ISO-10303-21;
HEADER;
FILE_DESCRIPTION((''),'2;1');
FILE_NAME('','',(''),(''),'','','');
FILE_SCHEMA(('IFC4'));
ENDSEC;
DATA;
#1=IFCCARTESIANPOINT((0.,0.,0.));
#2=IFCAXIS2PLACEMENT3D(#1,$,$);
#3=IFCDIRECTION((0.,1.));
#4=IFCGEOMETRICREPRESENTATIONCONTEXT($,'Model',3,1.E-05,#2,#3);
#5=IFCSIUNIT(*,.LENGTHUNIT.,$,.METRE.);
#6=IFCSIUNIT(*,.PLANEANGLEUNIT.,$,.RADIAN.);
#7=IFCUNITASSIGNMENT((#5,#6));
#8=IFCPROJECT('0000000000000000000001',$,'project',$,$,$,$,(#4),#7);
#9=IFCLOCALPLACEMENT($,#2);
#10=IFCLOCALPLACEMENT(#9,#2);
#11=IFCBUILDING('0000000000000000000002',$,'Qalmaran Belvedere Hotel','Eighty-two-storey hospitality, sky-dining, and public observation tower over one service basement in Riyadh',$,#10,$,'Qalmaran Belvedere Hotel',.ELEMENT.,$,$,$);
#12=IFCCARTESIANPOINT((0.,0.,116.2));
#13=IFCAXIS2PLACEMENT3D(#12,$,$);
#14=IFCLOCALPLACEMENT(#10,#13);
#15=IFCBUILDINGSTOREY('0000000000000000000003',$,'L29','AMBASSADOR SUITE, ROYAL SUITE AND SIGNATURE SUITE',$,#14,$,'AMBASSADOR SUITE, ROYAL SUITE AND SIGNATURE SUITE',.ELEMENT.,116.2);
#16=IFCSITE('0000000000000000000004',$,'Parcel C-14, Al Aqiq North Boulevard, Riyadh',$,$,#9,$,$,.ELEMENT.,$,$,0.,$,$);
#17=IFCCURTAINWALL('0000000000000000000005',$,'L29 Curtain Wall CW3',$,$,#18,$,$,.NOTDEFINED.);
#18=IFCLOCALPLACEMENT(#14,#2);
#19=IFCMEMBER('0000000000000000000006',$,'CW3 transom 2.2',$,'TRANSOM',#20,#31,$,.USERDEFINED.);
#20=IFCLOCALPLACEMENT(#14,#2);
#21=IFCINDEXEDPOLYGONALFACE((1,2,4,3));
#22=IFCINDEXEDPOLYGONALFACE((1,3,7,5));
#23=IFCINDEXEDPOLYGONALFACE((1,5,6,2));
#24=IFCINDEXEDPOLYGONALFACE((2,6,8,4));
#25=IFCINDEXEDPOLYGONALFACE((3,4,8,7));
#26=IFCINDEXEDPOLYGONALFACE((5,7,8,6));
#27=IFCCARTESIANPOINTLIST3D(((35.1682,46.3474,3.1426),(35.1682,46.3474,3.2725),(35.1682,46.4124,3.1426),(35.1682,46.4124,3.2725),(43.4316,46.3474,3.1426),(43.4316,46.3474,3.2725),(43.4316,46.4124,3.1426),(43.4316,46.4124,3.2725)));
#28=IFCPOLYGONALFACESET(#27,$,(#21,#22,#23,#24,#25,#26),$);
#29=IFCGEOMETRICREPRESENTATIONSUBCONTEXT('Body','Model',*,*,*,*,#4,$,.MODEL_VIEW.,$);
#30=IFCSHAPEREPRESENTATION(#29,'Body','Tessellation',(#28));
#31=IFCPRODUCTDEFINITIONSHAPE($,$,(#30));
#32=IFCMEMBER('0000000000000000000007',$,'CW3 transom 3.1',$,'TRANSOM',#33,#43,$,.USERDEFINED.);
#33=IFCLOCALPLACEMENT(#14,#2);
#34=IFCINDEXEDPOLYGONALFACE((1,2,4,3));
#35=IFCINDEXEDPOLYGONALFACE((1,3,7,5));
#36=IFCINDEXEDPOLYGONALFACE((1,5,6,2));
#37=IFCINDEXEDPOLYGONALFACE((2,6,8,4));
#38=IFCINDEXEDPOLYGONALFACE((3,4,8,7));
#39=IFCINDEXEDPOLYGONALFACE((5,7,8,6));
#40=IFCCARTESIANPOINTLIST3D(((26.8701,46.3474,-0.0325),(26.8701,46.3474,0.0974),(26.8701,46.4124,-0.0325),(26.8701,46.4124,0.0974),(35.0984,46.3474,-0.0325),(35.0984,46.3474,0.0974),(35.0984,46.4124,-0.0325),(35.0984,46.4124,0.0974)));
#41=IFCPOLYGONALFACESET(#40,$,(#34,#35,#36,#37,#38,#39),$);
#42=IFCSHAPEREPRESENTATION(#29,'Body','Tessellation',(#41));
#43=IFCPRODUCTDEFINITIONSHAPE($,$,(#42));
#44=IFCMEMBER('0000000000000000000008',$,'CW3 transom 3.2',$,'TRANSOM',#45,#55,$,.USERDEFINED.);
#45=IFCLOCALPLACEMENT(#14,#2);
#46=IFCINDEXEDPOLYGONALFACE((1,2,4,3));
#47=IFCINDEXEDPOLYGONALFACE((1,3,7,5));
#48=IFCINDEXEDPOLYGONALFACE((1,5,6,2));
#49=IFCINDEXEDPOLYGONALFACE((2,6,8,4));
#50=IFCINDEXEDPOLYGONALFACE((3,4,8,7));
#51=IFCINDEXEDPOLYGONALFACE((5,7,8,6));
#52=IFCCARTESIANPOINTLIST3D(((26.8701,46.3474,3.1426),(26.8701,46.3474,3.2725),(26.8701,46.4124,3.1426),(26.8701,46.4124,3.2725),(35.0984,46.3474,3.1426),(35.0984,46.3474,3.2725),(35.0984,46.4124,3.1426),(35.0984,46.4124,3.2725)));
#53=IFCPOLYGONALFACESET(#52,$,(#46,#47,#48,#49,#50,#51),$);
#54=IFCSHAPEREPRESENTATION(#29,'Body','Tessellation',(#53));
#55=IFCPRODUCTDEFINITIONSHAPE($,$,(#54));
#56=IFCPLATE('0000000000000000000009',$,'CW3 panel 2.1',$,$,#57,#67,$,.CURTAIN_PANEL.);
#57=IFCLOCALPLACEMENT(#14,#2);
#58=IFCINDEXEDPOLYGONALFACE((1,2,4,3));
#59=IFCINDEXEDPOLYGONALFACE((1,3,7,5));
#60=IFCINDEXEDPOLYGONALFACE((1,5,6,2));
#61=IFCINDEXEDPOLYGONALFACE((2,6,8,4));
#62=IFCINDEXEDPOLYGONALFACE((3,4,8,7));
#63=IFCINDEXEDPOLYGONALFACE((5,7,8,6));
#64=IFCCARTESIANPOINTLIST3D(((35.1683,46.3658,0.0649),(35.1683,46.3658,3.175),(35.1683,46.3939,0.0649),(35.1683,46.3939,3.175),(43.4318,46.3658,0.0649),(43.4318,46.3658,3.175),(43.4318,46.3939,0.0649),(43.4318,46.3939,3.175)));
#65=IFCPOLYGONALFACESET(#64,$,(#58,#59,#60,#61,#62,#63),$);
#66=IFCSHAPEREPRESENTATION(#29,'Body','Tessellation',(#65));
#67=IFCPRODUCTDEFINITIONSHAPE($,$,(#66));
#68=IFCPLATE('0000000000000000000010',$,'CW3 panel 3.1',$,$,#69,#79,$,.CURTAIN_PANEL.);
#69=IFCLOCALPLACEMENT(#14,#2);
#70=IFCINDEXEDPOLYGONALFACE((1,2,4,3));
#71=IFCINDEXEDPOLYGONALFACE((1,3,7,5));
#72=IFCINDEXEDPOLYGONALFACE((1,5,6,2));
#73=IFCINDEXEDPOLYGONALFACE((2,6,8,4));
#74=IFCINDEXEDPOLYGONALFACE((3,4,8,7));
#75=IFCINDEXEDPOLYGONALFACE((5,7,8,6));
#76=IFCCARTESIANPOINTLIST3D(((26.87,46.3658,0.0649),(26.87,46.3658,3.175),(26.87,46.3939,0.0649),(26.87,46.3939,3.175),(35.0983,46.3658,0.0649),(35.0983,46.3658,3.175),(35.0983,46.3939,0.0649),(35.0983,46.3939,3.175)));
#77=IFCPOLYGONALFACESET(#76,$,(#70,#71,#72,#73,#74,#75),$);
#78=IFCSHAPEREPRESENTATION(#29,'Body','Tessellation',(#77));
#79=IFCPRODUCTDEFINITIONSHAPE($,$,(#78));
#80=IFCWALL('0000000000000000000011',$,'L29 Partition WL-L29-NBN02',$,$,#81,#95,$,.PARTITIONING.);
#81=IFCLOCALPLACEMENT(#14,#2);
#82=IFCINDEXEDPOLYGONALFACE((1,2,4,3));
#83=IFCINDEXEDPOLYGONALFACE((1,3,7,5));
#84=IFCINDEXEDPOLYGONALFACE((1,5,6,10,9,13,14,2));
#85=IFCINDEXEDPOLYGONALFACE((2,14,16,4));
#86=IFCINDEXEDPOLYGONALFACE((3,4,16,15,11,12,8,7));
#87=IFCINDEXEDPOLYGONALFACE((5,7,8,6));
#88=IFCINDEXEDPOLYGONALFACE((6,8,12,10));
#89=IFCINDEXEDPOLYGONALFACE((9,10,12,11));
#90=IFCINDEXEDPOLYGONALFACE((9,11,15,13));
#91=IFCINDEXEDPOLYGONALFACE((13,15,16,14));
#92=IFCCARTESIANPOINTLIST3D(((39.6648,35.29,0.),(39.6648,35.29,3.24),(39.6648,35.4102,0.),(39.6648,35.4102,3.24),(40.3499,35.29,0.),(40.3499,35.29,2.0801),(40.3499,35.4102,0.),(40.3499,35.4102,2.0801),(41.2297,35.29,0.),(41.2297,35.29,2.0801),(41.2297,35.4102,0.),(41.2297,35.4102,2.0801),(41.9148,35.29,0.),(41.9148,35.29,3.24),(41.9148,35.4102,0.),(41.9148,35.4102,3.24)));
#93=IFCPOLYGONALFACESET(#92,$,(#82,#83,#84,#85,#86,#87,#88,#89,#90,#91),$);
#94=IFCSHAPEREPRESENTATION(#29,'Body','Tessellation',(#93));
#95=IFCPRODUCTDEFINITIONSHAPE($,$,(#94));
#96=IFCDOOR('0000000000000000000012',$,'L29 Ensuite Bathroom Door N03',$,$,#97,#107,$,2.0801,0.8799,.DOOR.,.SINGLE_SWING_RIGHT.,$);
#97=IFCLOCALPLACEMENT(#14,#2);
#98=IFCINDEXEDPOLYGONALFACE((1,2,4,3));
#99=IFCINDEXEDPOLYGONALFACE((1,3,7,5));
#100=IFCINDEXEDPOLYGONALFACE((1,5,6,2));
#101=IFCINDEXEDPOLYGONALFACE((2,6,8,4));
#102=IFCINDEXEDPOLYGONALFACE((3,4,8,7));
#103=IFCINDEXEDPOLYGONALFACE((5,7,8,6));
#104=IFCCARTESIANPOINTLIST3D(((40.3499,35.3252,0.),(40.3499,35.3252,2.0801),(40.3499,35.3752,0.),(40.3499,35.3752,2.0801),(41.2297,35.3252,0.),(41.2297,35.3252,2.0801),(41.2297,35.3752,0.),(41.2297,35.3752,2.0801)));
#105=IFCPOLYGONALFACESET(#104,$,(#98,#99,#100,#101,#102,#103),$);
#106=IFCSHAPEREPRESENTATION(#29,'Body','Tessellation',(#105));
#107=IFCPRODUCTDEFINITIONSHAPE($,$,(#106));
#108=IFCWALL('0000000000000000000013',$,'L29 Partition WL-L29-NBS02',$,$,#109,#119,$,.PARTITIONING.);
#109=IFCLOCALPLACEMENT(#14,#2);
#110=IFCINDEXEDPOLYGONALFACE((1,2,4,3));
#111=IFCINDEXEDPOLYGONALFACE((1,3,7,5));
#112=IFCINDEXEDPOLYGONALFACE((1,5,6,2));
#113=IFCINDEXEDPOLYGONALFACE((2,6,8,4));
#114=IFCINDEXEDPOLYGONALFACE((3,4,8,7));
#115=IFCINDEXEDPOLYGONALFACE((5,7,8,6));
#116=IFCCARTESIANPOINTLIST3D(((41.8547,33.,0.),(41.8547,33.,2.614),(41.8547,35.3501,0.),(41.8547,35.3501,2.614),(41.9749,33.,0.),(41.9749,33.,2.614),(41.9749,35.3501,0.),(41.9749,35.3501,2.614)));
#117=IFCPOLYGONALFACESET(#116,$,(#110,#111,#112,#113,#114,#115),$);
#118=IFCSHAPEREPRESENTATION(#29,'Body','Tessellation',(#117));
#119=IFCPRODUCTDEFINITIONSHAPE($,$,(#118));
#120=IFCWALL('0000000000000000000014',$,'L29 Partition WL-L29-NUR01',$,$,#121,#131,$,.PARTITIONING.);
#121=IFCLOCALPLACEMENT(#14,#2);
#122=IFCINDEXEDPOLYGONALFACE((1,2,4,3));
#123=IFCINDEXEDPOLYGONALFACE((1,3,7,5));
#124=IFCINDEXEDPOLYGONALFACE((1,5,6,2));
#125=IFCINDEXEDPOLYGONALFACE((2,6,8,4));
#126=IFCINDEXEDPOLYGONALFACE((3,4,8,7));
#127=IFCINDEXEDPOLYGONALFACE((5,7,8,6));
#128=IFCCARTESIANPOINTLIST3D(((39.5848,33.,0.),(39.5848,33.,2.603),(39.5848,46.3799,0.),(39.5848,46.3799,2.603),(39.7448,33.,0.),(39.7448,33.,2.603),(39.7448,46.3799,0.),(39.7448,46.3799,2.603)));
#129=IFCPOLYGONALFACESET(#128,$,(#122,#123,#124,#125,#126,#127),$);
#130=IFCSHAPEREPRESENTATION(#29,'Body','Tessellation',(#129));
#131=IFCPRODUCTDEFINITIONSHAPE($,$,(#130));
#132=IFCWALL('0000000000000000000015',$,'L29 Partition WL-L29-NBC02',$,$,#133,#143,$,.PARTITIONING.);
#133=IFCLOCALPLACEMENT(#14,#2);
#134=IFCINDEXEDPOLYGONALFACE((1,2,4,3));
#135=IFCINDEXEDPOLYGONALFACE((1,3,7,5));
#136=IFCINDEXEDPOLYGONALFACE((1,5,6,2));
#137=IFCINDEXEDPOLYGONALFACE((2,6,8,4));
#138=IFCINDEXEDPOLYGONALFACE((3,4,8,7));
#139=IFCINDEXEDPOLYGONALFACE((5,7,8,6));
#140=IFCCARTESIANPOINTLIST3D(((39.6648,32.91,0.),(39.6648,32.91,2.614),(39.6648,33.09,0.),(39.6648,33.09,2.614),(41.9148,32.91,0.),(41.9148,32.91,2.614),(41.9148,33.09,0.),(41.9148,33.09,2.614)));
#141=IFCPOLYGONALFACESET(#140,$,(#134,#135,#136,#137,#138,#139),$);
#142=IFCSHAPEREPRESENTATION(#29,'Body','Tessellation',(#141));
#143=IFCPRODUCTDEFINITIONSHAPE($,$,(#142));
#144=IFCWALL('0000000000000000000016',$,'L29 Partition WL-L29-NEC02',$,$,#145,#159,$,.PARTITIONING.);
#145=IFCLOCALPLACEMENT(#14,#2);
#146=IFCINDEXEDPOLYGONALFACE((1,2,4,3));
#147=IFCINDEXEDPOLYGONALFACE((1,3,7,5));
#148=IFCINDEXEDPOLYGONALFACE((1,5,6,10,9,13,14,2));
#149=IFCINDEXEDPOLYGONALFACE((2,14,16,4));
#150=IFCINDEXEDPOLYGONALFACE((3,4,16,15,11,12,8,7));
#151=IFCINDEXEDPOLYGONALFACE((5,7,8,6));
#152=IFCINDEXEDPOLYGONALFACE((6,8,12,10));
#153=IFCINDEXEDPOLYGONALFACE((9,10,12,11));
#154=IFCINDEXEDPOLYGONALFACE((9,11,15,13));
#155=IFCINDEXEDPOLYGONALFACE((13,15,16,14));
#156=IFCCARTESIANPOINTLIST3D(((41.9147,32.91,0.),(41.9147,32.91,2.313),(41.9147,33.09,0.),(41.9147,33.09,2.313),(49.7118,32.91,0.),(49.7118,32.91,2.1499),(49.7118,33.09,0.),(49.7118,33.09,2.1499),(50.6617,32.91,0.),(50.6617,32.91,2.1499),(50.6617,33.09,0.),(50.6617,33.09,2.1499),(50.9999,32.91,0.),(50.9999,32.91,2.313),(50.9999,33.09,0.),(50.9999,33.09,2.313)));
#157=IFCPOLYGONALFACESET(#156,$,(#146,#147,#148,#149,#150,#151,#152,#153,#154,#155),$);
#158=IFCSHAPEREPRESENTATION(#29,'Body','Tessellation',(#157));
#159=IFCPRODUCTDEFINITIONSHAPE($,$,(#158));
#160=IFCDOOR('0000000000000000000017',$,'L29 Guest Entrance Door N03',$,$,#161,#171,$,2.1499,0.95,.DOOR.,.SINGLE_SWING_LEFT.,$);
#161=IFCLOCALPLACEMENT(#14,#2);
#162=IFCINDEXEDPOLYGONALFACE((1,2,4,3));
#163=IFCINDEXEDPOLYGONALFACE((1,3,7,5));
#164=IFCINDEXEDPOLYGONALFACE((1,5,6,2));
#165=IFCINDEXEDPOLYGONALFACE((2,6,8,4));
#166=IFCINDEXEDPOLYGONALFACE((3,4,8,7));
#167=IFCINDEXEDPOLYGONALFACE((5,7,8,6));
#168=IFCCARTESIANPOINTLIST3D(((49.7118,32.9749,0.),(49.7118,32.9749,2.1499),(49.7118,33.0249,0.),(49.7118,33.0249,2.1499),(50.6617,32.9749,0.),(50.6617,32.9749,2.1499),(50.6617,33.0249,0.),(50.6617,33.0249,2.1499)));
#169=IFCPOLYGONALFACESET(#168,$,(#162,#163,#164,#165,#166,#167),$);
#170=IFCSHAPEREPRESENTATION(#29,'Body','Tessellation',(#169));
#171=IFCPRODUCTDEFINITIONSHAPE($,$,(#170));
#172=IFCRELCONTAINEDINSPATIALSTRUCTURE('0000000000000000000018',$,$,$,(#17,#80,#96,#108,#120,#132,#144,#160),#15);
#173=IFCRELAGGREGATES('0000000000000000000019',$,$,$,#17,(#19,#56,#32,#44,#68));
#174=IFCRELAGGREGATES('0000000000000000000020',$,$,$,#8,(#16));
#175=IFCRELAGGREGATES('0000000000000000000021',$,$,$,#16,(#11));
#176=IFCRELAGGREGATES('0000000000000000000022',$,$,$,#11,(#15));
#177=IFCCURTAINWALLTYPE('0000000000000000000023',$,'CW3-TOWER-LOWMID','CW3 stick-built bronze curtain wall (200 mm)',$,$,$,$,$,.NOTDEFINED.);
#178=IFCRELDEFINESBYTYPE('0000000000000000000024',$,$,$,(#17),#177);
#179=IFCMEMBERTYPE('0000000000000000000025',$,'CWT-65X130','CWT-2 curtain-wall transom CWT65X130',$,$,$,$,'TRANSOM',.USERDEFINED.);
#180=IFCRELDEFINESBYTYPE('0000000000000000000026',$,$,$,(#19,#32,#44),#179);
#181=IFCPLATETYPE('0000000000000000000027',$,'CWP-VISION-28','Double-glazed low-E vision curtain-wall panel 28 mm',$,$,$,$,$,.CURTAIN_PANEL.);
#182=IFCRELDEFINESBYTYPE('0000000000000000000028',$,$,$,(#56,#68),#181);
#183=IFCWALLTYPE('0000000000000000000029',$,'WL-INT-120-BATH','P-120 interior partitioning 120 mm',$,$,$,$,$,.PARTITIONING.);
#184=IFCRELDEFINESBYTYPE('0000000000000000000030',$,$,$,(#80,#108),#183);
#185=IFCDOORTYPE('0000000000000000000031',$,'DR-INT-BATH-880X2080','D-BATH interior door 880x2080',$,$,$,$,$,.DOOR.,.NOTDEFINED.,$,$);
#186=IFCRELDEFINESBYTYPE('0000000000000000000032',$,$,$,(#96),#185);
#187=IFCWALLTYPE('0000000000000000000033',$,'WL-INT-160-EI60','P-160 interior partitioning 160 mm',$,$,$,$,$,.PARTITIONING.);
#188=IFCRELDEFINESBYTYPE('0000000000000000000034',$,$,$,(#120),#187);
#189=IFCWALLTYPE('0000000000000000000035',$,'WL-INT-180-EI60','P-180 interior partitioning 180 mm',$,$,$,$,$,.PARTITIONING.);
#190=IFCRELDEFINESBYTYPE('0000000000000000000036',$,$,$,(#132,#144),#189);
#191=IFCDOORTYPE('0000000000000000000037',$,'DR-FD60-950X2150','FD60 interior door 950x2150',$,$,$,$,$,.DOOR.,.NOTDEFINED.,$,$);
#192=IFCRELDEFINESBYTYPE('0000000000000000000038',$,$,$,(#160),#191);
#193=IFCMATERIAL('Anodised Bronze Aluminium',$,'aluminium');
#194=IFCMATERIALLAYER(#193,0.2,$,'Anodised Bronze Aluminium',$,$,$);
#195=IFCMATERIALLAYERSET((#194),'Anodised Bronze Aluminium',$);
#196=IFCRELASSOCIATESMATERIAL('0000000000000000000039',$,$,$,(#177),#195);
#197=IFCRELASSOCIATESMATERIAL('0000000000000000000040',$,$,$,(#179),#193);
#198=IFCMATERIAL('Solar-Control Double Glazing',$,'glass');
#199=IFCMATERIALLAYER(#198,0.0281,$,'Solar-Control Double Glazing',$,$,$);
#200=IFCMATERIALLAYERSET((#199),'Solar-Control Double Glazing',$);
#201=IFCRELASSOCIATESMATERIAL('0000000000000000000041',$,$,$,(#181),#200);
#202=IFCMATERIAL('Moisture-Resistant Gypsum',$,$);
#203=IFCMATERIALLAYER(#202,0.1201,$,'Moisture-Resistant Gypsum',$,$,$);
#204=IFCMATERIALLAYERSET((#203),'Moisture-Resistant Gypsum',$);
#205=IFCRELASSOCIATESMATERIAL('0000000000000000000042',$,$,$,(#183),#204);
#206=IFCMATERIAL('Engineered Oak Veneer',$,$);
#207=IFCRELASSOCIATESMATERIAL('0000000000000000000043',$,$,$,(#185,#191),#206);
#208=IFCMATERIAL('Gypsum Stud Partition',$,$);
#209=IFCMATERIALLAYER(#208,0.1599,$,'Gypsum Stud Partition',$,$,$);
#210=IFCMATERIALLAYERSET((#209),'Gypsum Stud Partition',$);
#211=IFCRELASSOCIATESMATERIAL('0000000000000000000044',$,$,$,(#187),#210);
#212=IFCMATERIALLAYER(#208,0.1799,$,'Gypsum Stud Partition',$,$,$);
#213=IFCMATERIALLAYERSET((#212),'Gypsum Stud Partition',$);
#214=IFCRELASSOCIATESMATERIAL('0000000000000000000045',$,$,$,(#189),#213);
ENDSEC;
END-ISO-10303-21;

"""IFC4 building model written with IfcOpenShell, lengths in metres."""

from ifc_helpers import new_model, si_unit, direction, frame, frame_2d, origin, origin_2d, place, context, subcontext, project, spatial, rectangle, extrude, material, layer, layer_set, material_profile, profile_set, type_object, element, fill, aggregate, save


model = new_model("IFC4")

# Units and contexts
model_context = context("Model", 3, precision=1e-05, world=origin(), true_north=direction((0.0, 1.0)))
body_context = subcontext(model_context, "Body", "Model", "MODEL_VIEW")
ifc_project = project(units=[si_unit("LENGTHUNIT", "METRE"), si_unit("PLANEANGLEUNIT", "RADIAN")], contexts=[model_context])

# Site, building, storey
site_placement = place(None, origin())
site = spatial("IfcSite", under=ifc_project, at=site_placement, Name="Parcel C-14, Al Aqiq North Boulevard, Riyadh", CompositionType="ELEMENT", RefElevation=0.0)
building_placement = place(site_placement, origin())
building = spatial("IfcBuilding", under=site, at=building_placement, Name="Qalmaran Belvedere Hotel", Description="Eighty-two-storey hospitality, sky-dining, and public observation tower over one service basement in Riyadh", LongName="Qalmaran Belvedere Hotel", CompositionType="ELEMENT")
storey_placement = place(building_placement, frame((0.0, 0.0, 116.2)))
storey = spatial("IfcBuildingStorey", under=building, at=storey_placement, Name="L29", Description="AMBASSADOR SUITE, ROYAL SUITE AND SIGNATURE SUITE", LongName="AMBASSADOR SUITE, ROYAL SUITE AND SIGNATURE SUITE", CompositionType="ELEMENT", Elevation=116.2)

# Curtain wall, members, plates
ifc_material_1 = material(Name="Anodised Bronze Aluminium", Category="aluminium")
ifc_layer_1 = layer(ifc_material_1, 0.2, Name="Anodised Bronze Aluminium")
ifc_layer_set_1 = layer_set([ifc_layer_1], Name="Anodised Bronze Aluminium")
curtain_wall_type = type_object("IfcCurtainWallType", Name="CW3-TOWER-LOWMID", Description="CW3 stick-built bronze curtain wall (200 mm)", PredefinedType="NOTDEFINED", material=ifc_layer_set_1)
curtain_wall_placement = place(storey_placement, origin())
curtain_wall = element("IfcCurtainWall", 1, at=curtain_wall_placement, inside=storey, type_object=curtain_wall_type, Name="L29 Curtain Wall CW3", PredefinedType="NOTDEFINED")
ifc_material_profile_1 = material_profile(ifc_material_1, rectangle(XDim=0.0649, YDim=0.1299, at=origin_2d()), Name="CWT65X130")
ifc_profile_set_1 = profile_set([ifc_material_profile_1], Name="Anodised Bronze Aluminium")
member_type_1 = type_object("IfcMemberType", Name="CWT-65X130", Description="CWT-2 curtain-wall transom CWT65X130", ElementType="TRANSOM", PredefinedType="USERDEFINED", material=ifc_profile_set_1)
member_1_placement = place(storey_placement, frame((43.4316, 46.3799, 3.2075), z_axis=(-1.0, 0.0, 0.0), x_axis=(0.0, -1.0, 0.0)))
member_1 = element("IfcMember", 2, at=member_1_placement, type_object=member_type_1, Name="CW3 transom 2.2", ObjectType="TRANSOM", PredefinedType="USERDEFINED", context=body_context, shape_type="SweptSolid", body=[
    extrude(rectangle(XDim=0.0649, YDim=0.1299, at=origin_2d()), origin(), (0.0, 0.0, 1.0), 8.2634),
])
member_2_placement = place(storey_placement, frame((35.0984, 46.3799, 0.0325), z_axis=(-1.0, 0.0, 0.0), x_axis=(0.0, -1.0, 0.0)))
member_2 = element("IfcMember", 3, at=member_2_placement, type_object=member_type_1, Name="CW3 transom 3.1", ObjectType="TRANSOM", PredefinedType="USERDEFINED", context=body_context, shape_type="SweptSolid", body=[
    extrude(rectangle(XDim=0.0649, YDim=0.1299, at=origin_2d()), origin(), (0.0, 0.0, 1.0), 8.2283),
])
member_3_placement = place(storey_placement, frame((35.0984, 46.3799, 3.2075), z_axis=(-1.0, 0.0, 0.0), x_axis=(0.0, -1.0, 0.0)))
member_3 = element("IfcMember", 4, at=member_3_placement, type_object=member_type_1, Name="CW3 transom 3.2", ObjectType="TRANSOM", PredefinedType="USERDEFINED", context=body_context, shape_type="SweptSolid", body=[
    extrude(rectangle(XDim=0.0649, YDim=0.1299, at=origin_2d()), origin(), (0.0, 0.0, 1.0), 8.2283),
])
ifc_material_2 = material(Name="Solar-Control Double Glazing", Category="glass")
ifc_layer_2 = layer(ifc_material_2, 0.0281, Name="Solar-Control Double Glazing")
ifc_layer_set_2 = layer_set([ifc_layer_2], Name="Solar-Control Double Glazing")
plate_type = type_object("IfcPlateType", Name="CWP-VISION-28", Description="Double-glazed low-E vision curtain-wall panel 28 mm", PredefinedType="CURTAIN_PANEL", material=ifc_layer_set_2)
plate_1_placement = place(storey_placement, frame((39.3, 46.3799, 0.0649), z_axis=(0.0, 0.0, 1.0), x_axis=(-1.0, 0.0, 0.0)))
plate_1 = element("IfcPlate", 5, at=plate_1_placement, type_object=plate_type, Name="CW3 panel 2.1", PredefinedType="CURTAIN_PANEL", context=body_context, shape_type="SweptSolid", body=[
    extrude(rectangle(XDim=8.2634, YDim=0.0281, at=origin_2d()), origin(), (0.0, 0.0, 1.0), 3.1101),
])
plate_2_placement = place(storey_placement, frame((30.9841, 46.3799, 0.0649), z_axis=(0.0, 0.0, 1.0), x_axis=(-1.0, 0.0, 0.0)))
plate_2 = element("IfcPlate", 6, at=plate_2_placement, type_object=plate_type, Name="CW3 panel 3.1", PredefinedType="CURTAIN_PANEL", context=body_context, shape_type="SweptSolid", body=[
    extrude(rectangle(XDim=8.2283, YDim=0.0281, at=origin_2d()), origin(), (0.0, 0.0, 1.0), 3.1101),
])
aggregate(curtain_wall, [member_1, plate_1, member_2, member_3, plate_2])

# Wall, opening, door
ifc_material_3 = material(Name="Moisture-Resistant Gypsum")
ifc_layer_3 = layer(ifc_material_3, 0.1201, Name="Moisture-Resistant Gypsum")
ifc_layer_set_3 = layer_set([ifc_layer_3], Name="Moisture-Resistant Gypsum")
wall_type_1 = type_object("IfcWallType", Name="WL-INT-120-BATH", Description="P-120 interior partitioning 120 mm", PredefinedType="PARTITIONING", material=ifc_layer_set_3)
wall_1_placement = place(storey_placement, frame((39.6648, 35.3501, 0.0), z_axis=(0.0, 0.0, 1.0), x_axis=(1.0, 0.0, 0.0)))
wall_1 = element("IfcWall", 7, at=wall_1_placement, inside=storey, type_object=wall_type_1, Name="L29 Partition WL-L29-NBN02", PredefinedType="PARTITIONING", context=body_context, shape_type="SweptSolid", body=[
    extrude(rectangle(XDim=2.25, YDim=0.1201, at=frame_2d((1.125, 0.0))), origin(), (0.0, 0.0, 1.0), 3.24),
])
opening_1_placement = place(wall_1_placement, frame((1.5649, 0.0, 0.0), z_axis=(0.0, 0.0, 1.0), x_axis=(-1.0, 0.0, 0.0)))
opening_1 = element("IfcOpeningElement", 8, at=opening_1_placement, cuts=wall_1, PredefinedType="OPENING", context=body_context, shape_type="SweptSolid", body=[
    extrude(rectangle(XDim=0.8799, YDim=2.0801, at=frame_2d((0.4399, 1.04))), frame((0.0, 0.0701, 0.0), z_axis=(0.0, -1.0, 0.0), x_axis=(1.0, 0.0, 0.0)), (0.0, 0.0, 1.0), 0.1401),
])
ifc_material_4 = material(Name="Engineered Oak Veneer")
door_type_1 = type_object("IfcDoorType", Name="DR-INT-BATH-880X2080", Description="D-BATH interior door 880x2080", OperationType="NOTDEFINED", PredefinedType="DOOR", material=ifc_material_4)
door_1_placement = place(opening_1_placement, origin())
door_1 = element("IfcDoor", 9, at=door_1_placement, inside=storey, type_object=door_type_1, Name="L29 Ensuite Bathroom Door N03", OperationType="SINGLE_SWING_RIGHT", OverallHeight=2.0801, OverallWidth=0.8799, PredefinedType="DOOR", context=body_context, shape_type="SweptSolid", body=[
    extrude(rectangle(XDim=0.8799, YDim=2.0801, at=frame_2d((0.4399, 1.04))), frame((0.0, 0.0249, 0.0), z_axis=(0.0, -1.0, 0.0), x_axis=(1.0, 0.0, 0.0)), (0.0, 0.0, 1.0), 0.05),
])
fill(opening_1, door_1)

# Walls
wall_2_placement = place(storey_placement, frame((41.9148, 33.0, 0.0), z_axis=(0.0, 0.0, 1.0), x_axis=(0.0, 1.0, 0.0)))
element("IfcWall", 10, at=wall_2_placement, inside=storey, type_object=wall_type_1, Name="L29 Partition WL-L29-NBS02", PredefinedType="PARTITIONING", context=body_context, shape_type="SweptSolid", body=[
    extrude(rectangle(XDim=2.3501, YDim=0.1201, at=frame_2d((1.175, 0.0))), origin(), (0.0, 0.0, 1.0), 2.614),
])
ifc_material_5 = material(Name="Gypsum Stud Partition")
ifc_layer_4 = layer(ifc_material_5, 0.1599, Name="Gypsum Stud Partition")
ifc_layer_set_4 = layer_set([ifc_layer_4], Name="Gypsum Stud Partition")
wall_type_2 = type_object("IfcWallType", Name="WL-INT-160-EI60", Description="P-160 interior partitioning 160 mm", PredefinedType="PARTITIONING", material=ifc_layer_set_4)
wall_3_placement = place(storey_placement, frame((39.6648, 33.0, 0.0), z_axis=(0.0, 0.0, 1.0), x_axis=(0.0, 1.0, 0.0)))
element("IfcWall", 11, at=wall_3_placement, inside=storey, type_object=wall_type_2, Name="L29 Partition WL-L29-NUR01", PredefinedType="PARTITIONING", context=body_context, shape_type="SweptSolid", body=[
    extrude(rectangle(XDim=13.3799, YDim=0.1599, at=frame_2d((6.6899, 0.0))), origin(), (0.0, 0.0, 1.0), 2.603),
])
ifc_layer_5 = layer(ifc_material_5, 0.1799, Name="Gypsum Stud Partition")
ifc_layer_set_5 = layer_set([ifc_layer_5], Name="Gypsum Stud Partition")
wall_type_3 = type_object("IfcWallType", Name="WL-INT-180-EI60", Description="P-180 interior partitioning 180 mm", PredefinedType="PARTITIONING", material=ifc_layer_set_5)
wall_4_placement = place(storey_placement, frame((39.6648, 33.0, 0.0), z_axis=(0.0, 0.0, 1.0), x_axis=(1.0, 0.0, 0.0)))
element("IfcWall", 12, at=wall_4_placement, inside=storey, type_object=wall_type_3, Name="L29 Partition WL-L29-NBC02", PredefinedType="PARTITIONING", context=body_context, shape_type="SweptSolid", body=[
    extrude(rectangle(XDim=2.25, YDim=0.1799, at=frame_2d((1.125, 0.0))), origin(), (0.0, 0.0, 1.0), 2.614),
])

# Wall, opening, door
wall_5_placement = place(storey_placement, frame((41.9148, 33.0, 0.0), z_axis=(0.0, 0.0, 1.0), x_axis=(1.0, 0.0, 0.0)))
wall_5 = element("IfcWall", 13, at=wall_5_placement, inside=storey, type_object=wall_type_3, Name="L29 Partition WL-L29-NEC02", PredefinedType="PARTITIONING", context=body_context, shape_type="SweptSolid", body=[
    extrude(rectangle(XDim=9.0852, YDim=0.1799, at=frame_2d((4.5425, 0.0))), origin(), (0.0, 0.0, 1.0), 2.313),
])
opening_2_placement = place(wall_5_placement, frame((7.7969, 0.0, 0.0)))
opening_2 = element("IfcOpeningElement", 14, at=opening_2_placement, cuts=wall_5, PredefinedType="OPENING", context=body_context, shape_type="SweptSolid", body=[
    extrude(rectangle(XDim=0.95, YDim=2.1499, at=frame_2d((0.4751, 1.075))), frame((0.0, 0.1001, 0.0), z_axis=(0.0, -1.0, 0.0), x_axis=(1.0, 0.0, 0.0)), (0.0, 0.0, 1.0), 0.2),
])
door_type_2 = type_object("IfcDoorType", Name="DR-FD60-950X2150", Description="FD60 interior door 950x2150", OperationType="NOTDEFINED", PredefinedType="DOOR", material=ifc_material_4)
door_2_placement = place(opening_2_placement, origin())
door_2 = element("IfcDoor", 15, at=door_2_placement, inside=storey, type_object=door_type_2, Name="L29 Guest Entrance Door N03", OperationType="SINGLE_SWING_LEFT", OverallHeight=2.1499, OverallWidth=0.95, PredefinedType="DOOR", context=body_context, shape_type="SweptSolid", body=[
    extrude(rectangle(XDim=0.95, YDim=2.1499, at=frame_2d((0.4751, 1.075))), frame((0.0, 0.0249, 0.0), z_axis=(0.0, -1.0, 0.0), x_axis=(1.0, 0.0, 0.0)), (0.0, 0.0, 1.0), 0.05),
])
fill(opening_2, door_2)

save(model, "model.ifc")
